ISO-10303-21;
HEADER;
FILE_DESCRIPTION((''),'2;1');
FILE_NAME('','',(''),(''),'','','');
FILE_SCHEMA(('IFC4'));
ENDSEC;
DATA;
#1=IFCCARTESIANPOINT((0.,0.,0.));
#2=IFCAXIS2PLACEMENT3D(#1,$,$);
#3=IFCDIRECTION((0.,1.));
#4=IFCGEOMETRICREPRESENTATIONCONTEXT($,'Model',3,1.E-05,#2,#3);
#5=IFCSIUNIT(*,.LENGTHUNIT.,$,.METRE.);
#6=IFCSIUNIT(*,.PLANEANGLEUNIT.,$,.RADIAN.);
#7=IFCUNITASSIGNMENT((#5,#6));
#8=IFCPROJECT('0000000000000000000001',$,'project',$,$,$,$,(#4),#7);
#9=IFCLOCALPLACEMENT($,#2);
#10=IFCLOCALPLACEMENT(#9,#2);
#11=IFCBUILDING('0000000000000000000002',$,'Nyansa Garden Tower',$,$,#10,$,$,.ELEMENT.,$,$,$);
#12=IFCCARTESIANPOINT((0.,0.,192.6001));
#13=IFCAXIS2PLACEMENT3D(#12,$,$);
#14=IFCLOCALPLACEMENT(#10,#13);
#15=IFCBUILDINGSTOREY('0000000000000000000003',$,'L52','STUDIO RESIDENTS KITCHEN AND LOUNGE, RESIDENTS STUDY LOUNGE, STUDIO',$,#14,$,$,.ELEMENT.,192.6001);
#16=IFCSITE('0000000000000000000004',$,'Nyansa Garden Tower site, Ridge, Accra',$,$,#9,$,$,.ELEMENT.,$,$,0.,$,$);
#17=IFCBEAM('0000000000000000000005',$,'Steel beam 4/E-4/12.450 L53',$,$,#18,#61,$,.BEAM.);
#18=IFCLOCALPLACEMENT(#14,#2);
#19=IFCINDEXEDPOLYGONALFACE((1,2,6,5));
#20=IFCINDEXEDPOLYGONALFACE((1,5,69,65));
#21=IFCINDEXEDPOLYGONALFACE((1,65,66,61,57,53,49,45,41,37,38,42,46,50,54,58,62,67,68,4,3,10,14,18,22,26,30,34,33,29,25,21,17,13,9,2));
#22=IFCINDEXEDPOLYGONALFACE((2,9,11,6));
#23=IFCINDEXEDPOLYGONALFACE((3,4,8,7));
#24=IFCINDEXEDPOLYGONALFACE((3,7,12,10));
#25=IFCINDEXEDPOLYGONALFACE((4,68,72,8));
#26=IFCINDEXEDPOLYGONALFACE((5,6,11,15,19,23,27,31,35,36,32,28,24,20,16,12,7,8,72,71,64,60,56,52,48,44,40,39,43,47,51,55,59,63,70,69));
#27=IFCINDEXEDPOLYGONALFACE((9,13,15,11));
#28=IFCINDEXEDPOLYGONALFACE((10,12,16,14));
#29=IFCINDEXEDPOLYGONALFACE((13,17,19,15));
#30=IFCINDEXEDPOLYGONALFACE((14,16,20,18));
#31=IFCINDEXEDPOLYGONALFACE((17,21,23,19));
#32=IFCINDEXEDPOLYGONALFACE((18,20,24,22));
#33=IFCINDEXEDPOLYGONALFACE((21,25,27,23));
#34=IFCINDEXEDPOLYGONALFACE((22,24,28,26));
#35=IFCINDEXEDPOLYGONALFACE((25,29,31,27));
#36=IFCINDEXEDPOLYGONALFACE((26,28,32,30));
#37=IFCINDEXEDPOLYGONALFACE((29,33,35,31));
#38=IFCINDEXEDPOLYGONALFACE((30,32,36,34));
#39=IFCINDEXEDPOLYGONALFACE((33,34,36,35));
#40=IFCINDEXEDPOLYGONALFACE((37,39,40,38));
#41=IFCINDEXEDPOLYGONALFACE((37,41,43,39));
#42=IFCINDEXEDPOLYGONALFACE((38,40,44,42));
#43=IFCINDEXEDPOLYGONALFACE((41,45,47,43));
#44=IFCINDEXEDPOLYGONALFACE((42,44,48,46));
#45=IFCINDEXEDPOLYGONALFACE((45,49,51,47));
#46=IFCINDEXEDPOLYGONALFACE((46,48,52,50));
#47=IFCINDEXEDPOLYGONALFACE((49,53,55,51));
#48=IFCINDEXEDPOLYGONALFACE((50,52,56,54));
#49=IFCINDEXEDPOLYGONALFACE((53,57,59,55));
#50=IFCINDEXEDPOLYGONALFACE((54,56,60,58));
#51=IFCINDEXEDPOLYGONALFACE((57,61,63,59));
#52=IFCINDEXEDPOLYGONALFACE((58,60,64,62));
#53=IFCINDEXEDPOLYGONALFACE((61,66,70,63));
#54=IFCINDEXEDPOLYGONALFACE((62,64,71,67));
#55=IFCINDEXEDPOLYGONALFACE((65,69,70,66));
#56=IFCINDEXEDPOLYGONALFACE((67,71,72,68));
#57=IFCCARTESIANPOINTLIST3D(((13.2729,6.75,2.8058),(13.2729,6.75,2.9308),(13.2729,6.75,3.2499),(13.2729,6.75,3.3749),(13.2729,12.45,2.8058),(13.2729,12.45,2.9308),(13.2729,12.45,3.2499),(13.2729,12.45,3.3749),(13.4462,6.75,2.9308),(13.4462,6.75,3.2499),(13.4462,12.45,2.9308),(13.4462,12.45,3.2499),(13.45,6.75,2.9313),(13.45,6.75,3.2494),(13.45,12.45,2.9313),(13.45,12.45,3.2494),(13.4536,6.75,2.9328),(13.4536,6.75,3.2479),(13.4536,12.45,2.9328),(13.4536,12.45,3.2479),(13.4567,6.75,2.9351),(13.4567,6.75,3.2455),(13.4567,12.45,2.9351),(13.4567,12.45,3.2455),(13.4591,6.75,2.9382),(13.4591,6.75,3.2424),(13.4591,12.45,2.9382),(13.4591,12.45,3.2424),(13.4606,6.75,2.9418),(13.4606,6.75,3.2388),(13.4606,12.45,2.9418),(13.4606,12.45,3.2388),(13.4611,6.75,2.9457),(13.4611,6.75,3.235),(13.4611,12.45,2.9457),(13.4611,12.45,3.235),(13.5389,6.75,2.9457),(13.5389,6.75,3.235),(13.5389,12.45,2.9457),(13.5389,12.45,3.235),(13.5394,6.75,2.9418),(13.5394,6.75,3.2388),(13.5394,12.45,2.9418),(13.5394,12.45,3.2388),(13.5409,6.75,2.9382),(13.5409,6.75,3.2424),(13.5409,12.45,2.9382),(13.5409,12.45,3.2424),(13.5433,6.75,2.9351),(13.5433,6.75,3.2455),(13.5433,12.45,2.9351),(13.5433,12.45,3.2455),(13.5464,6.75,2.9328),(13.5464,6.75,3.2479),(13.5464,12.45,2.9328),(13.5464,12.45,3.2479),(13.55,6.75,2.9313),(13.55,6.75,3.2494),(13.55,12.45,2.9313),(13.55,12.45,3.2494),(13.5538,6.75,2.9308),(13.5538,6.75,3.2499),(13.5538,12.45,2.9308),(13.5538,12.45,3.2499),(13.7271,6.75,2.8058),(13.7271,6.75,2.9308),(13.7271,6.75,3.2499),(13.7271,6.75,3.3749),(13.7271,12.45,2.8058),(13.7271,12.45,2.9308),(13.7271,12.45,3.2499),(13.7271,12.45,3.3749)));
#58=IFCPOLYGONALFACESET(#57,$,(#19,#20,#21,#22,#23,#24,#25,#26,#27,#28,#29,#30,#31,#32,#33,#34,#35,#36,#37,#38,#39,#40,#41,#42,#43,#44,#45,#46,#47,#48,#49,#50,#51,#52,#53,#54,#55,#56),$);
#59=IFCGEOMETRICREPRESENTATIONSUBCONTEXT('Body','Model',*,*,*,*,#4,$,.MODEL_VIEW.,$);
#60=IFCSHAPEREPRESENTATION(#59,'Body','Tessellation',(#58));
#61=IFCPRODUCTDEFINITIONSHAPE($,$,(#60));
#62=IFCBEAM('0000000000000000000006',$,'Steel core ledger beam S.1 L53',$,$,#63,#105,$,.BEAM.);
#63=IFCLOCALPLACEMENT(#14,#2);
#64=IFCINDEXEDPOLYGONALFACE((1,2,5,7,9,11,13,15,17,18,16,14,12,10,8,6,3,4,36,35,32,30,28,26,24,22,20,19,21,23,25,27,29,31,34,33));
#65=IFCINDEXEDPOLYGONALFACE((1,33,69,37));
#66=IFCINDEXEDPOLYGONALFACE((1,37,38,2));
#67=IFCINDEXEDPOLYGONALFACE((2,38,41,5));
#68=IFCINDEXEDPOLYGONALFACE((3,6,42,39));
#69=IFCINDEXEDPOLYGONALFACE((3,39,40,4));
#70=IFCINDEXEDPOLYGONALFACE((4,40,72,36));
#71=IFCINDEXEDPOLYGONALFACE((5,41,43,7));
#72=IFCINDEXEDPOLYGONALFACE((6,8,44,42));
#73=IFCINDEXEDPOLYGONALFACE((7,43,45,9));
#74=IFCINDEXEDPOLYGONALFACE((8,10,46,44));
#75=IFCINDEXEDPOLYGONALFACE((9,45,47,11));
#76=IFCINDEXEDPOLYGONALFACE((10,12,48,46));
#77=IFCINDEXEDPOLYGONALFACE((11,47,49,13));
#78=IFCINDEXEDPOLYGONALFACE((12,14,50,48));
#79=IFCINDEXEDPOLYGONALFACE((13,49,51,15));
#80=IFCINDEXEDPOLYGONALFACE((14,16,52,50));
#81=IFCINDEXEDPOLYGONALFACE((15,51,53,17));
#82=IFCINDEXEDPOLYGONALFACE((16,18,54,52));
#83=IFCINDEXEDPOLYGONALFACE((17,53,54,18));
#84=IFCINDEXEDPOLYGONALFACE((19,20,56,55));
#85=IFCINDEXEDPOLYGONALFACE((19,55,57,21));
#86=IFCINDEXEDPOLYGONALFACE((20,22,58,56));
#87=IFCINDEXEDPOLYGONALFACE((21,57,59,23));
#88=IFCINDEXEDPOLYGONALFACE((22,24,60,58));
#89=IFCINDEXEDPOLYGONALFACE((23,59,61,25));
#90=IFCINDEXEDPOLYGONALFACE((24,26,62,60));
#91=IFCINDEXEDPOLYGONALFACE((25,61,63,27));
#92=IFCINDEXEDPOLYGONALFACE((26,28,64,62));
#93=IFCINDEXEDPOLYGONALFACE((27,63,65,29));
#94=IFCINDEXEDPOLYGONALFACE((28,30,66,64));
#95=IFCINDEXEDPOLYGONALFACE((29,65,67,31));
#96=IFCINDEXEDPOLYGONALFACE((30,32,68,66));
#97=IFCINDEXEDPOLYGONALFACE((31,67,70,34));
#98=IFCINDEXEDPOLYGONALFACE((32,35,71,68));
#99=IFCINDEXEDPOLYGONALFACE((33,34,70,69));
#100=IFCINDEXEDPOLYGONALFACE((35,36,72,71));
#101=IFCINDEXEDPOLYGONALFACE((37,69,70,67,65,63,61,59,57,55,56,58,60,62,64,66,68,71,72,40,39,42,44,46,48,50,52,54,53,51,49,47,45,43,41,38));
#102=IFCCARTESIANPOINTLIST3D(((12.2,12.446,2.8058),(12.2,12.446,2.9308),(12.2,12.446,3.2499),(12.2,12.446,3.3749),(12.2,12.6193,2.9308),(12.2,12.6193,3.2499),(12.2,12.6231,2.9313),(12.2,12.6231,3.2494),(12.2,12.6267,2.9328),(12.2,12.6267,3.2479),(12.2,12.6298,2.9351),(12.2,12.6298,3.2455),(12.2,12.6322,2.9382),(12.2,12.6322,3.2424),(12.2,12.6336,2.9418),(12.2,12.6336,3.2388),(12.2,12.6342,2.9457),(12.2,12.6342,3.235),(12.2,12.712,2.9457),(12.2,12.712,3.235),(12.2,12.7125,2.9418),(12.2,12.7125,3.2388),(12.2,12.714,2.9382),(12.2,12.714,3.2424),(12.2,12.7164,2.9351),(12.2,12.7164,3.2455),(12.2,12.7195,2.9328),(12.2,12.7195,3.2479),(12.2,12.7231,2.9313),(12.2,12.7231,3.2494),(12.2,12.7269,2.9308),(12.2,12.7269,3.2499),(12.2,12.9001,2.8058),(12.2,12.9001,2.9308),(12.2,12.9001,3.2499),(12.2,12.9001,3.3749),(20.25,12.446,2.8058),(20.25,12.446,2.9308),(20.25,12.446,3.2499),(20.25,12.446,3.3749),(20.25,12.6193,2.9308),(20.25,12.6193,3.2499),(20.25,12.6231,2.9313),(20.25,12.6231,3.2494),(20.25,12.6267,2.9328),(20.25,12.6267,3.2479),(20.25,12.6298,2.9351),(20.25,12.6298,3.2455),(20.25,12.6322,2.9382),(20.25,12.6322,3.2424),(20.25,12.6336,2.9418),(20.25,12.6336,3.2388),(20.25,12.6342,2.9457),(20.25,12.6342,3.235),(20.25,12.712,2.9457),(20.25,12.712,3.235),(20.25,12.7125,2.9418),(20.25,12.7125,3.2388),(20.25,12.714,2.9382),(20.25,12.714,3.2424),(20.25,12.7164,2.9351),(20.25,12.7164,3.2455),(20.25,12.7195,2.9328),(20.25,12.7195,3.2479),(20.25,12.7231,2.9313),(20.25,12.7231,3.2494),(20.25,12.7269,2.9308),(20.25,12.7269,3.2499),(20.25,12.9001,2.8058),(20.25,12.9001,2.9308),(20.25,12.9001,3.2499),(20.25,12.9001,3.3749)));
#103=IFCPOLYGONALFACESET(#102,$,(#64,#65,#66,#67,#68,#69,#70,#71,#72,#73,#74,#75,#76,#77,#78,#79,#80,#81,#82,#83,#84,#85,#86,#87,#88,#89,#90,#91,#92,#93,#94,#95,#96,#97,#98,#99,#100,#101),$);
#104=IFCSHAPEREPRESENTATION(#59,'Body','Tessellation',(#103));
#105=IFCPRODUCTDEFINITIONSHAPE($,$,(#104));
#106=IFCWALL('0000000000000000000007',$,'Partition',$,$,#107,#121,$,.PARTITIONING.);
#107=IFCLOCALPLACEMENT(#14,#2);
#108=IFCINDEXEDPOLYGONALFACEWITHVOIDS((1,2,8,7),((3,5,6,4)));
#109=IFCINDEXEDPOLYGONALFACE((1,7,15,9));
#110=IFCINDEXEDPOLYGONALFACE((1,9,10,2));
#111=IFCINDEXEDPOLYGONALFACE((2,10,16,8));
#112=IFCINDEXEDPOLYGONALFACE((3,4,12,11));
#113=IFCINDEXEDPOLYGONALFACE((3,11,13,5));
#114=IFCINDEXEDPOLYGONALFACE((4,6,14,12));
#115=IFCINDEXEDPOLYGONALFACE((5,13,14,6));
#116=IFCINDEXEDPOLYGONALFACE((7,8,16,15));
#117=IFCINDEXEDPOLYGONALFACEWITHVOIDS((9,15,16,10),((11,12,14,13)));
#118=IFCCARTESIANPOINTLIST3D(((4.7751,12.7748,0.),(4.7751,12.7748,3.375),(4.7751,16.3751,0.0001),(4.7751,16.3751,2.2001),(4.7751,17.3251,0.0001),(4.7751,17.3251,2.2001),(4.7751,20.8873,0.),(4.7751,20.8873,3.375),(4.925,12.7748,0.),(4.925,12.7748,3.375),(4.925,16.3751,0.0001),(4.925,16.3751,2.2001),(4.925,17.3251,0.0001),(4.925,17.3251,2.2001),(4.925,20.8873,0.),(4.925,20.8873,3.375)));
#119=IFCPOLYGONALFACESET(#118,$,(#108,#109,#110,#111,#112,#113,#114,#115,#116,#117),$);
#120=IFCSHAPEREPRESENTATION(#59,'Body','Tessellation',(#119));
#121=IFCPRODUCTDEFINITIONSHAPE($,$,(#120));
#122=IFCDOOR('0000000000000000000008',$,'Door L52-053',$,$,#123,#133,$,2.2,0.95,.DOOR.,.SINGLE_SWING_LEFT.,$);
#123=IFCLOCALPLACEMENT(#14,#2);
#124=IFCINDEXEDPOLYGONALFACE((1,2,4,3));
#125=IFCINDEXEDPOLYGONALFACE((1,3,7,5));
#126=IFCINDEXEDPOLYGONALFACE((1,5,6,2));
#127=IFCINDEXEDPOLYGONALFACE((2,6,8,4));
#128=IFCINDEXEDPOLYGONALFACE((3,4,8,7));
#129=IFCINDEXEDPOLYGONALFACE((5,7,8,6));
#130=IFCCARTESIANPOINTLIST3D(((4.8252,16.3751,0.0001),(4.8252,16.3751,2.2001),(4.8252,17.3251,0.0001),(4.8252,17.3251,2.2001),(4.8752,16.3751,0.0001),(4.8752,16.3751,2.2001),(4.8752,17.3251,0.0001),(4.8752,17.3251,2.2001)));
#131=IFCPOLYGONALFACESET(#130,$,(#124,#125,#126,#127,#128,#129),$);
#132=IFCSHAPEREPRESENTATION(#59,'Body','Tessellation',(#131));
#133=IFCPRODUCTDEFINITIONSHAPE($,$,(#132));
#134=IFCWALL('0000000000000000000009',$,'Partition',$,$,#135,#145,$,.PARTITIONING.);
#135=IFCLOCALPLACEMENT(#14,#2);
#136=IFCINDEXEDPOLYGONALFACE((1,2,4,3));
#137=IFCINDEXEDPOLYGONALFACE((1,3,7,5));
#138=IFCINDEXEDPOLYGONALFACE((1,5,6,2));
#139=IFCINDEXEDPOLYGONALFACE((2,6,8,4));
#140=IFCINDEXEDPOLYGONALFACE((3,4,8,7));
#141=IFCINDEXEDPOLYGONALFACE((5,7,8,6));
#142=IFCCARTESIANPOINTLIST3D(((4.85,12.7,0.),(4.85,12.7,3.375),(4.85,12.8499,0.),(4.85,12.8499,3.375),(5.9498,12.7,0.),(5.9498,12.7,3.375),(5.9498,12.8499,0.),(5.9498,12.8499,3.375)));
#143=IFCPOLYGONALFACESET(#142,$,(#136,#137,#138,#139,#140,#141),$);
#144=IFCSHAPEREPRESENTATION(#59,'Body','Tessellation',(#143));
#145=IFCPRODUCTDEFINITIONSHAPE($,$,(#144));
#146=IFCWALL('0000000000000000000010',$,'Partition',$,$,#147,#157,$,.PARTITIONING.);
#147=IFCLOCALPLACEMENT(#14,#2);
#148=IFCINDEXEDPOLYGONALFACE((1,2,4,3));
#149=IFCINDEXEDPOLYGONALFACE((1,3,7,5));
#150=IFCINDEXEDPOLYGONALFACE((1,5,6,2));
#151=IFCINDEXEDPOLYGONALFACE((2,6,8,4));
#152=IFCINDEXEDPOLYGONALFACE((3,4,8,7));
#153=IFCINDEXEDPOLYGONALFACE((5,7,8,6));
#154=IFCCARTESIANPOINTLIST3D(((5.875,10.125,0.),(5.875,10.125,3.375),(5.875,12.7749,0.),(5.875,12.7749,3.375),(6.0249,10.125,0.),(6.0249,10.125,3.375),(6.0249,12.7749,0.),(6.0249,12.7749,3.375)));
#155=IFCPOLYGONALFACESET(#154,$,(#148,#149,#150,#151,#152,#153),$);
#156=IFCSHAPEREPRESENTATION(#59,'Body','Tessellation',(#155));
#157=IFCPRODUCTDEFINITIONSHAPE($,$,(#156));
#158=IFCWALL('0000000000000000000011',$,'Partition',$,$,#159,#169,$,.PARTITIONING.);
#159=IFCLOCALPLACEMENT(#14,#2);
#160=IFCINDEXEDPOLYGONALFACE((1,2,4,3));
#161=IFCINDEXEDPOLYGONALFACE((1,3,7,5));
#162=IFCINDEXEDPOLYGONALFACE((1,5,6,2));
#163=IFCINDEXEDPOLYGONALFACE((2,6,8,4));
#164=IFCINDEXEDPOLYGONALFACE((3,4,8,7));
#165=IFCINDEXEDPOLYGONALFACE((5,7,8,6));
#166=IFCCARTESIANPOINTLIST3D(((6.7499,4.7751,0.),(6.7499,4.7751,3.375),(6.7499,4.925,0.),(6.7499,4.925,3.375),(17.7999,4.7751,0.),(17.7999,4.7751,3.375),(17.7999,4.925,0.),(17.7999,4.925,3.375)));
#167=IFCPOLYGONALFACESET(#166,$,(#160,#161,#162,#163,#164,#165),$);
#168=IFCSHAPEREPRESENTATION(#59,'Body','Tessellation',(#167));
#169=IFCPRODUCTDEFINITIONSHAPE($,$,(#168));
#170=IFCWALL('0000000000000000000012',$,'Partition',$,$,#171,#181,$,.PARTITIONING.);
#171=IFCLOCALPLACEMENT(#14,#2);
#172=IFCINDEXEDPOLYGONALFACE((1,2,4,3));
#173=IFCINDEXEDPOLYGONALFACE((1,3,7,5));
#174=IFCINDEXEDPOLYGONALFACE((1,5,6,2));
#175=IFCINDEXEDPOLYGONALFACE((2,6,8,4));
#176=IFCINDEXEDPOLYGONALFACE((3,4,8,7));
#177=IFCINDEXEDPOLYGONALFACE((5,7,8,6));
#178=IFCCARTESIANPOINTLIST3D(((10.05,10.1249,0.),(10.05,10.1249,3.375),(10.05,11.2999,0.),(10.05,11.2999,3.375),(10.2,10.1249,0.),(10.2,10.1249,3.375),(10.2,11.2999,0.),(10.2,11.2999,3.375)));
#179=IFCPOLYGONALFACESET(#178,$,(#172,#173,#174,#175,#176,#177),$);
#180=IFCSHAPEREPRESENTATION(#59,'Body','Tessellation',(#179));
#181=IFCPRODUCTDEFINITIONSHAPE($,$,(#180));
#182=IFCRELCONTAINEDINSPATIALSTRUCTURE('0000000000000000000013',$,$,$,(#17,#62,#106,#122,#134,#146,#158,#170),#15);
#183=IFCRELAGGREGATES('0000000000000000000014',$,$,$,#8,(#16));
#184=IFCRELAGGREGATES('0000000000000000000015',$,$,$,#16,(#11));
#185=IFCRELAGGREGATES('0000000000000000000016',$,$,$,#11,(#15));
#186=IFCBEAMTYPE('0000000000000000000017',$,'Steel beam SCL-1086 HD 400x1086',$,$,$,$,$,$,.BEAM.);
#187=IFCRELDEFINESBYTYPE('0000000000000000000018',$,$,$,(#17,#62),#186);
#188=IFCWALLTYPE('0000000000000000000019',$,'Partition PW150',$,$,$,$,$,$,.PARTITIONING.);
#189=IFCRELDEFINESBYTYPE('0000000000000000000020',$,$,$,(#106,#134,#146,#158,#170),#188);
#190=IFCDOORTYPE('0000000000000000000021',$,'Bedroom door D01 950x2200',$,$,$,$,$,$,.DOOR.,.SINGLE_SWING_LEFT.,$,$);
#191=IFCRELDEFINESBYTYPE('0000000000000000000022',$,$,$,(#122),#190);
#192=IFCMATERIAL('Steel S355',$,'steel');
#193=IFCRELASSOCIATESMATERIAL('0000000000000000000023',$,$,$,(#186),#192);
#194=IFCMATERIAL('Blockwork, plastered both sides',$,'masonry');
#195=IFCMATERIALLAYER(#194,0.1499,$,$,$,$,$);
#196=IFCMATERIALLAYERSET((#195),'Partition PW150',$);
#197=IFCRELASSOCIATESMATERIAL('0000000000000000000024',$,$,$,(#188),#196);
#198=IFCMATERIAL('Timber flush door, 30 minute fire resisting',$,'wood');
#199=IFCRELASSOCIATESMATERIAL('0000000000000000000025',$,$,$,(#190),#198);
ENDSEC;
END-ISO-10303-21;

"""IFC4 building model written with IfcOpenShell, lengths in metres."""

from ifc_helpers import new_model, si_unit, direction, frame, frame_2d, origin, origin_2d, place, context, subcontext, project, spatial, rectangle, i_section, extrude, material, layer, layer_set, material_profile, profile_set, type_object, element, fill, save


model = new_model("IFC4")

# Units and contexts
model_context = context("Model", 3, precision=1e-05, world=origin(), true_north=direction((0.0, 1.0)))
body_context = subcontext(model_context, "Body", "Model", "MODEL_VIEW")
ifc_project = project(units=[si_unit("LENGTHUNIT", "METRE"), si_unit("PLANEANGLEUNIT", "RADIAN")], contexts=[model_context])

# Site, building, storey
site_placement = place(None, origin())
site = spatial("IfcSite", under=ifc_project, at=site_placement, Name="Nyansa Garden Tower site, Ridge, Accra", CompositionType="ELEMENT", RefElevation=0.0)
building_placement = place(site_placement, origin())
building = spatial("IfcBuilding", under=site, at=building_placement, Name="Nyansa Garden Tower", CompositionType="ELEMENT")
storey_placement = place(building_placement, frame((0.0, 0.0, 192.6001)))
storey = spatial("IfcBuildingStorey", under=building, at=storey_placement, Name="L52", Description="STUDIO RESIDENTS KITCHEN AND LOUNGE, RESIDENTS STUDY LOUNGE, STUDIO", CompositionType="ELEMENT", Elevation=192.6001)

# Beams
ifc_material_1 = material(Name="Steel S355", Category="steel")
ifc_material_profile_1 = material_profile(ifc_material_1, i_section(OverallWidth=0.4541, OverallDepth=0.5691, WebThickness=0.0779, FlangeThickness=0.125, FilletRadius=0.0149, at=origin_2d()), Name="HD 400x1086")
ifc_profile_set_1 = profile_set([ifc_material_profile_1], Name="Steel S355")
beam_type_1 = type_object("IfcBeamType", Name="Steel beam SCL-1086 HD 400x1086", PredefinedType="BEAM", material=ifc_profile_set_1)
beam_1_placement = place(storey_placement, frame((13.5, 6.75, 3.0903), z_axis=(0.0, 1.0, 0.0), x_axis=(-1.0, 0.0, 0.0)))
element("IfcBeam", 1, at=beam_1_placement, inside=storey, type_object=beam_type_1, Name="Steel beam 4/E-4/12.450 L53", PredefinedType="BEAM", context=body_context, shape_type="SweptSolid", body=[
    extrude(i_section(OverallWidth=0.4541, OverallDepth=0.5691, WebThickness=0.0779, FlangeThickness=0.125, FilletRadius=0.0149, at=origin_2d()), origin(), (0.0, 0.0, 1.0), 5.7),
])
beam_2_placement = place(storey_placement, frame((12.2, 12.6731, 3.0903), z_axis=(1.0, 0.0, 0.0), x_axis=(0.0, 1.0, 0.0)))
element("IfcBeam", 2, at=beam_2_placement, inside=storey, type_object=beam_type_1, Name="Steel core ledger beam S.1 L53", PredefinedType="BEAM", context=body_context, shape_type="SweptSolid", body=[
    extrude(i_section(OverallWidth=0.4541, OverallDepth=0.5691, WebThickness=0.0779, FlangeThickness=0.125, FilletRadius=0.0149, at=origin_2d()), origin(), (0.0, 0.0, 1.0), 8.05),
])

# Wall, opening, door
ifc_material_2 = material(Name="Blockwork, plastered both sides", Category="masonry")
ifc_layer_1 = layer(ifc_material_2, 0.1499)
ifc_layer_set_1 = layer_set([ifc_layer_1], Name="Partition PW150")
wall_type_1 = type_object("IfcWallType", Name="Partition PW150", PredefinedType="PARTITIONING", material=ifc_layer_set_1)
wall_1_placement = place(storey_placement, frame((4.8501, 12.7749, 0.0), z_axis=(0.0, 0.0, 1.0), x_axis=(0.0, 1.0, 0.0)))
wall_1 = element("IfcWall", 3, at=wall_1_placement, inside=storey, type_object=wall_type_1, Name="Partition", PredefinedType="PARTITIONING", context=body_context, shape_type="SweptSolid", body=[
    extrude(rectangle(XDim=8.1125, YDim=0.1499, at=frame_2d((4.0562, 0.0))), origin(), (0.0, 0.0, 1.0), 3.375),
])
opening_1_placement = place(wall_1_placement, frame((3.6001, 0.0, 0.0)))
opening_1 = element("IfcOpeningElement", 4, at=opening_1_placement, cuts=wall_1, PredefinedType="OPENING", context=body_context, shape_type="SweptSolid", body=[
    extrude(rectangle(XDim=0.95, YDim=2.2, at=frame_2d((0.4751, 1.1001))), frame((0.0, 0.085, 0.0), z_axis=(0.0, -1.0, 0.0), x_axis=(1.0, 0.0, 0.0)), (0.0, 0.0, 1.0), 0.1699),
])
ifc_material_3 = material(Name="Timber flush door, 30 minute fire resisting", Category="wood")
door_type_1 = type_object("IfcDoorType", Name="Bedroom door D01 950x2200", OperationType="SINGLE_SWING_LEFT", PredefinedType="DOOR", material=ifc_material_3)
door_1_placement = place(opening_1_placement, origin())
door_1 = element("IfcDoor", 5, at=door_1_placement, inside=storey, type_object=door_type_1, Name="Door L52-053", OperationType="SINGLE_SWING_LEFT", OverallHeight=2.2, OverallWidth=0.95, PredefinedType="DOOR", context=body_context, shape_type="SweptSolid", body=[
    extrude(rectangle(XDim=0.95, YDim=2.2, at=frame_2d((0.4751, 1.1001))), frame((0.0, 0.0249, 0.0), z_axis=(0.0, -1.0, 0.0), x_axis=(1.0, 0.0, 0.0)), (0.0, 0.0, 1.0), 0.05),
])
fill(opening_1, door_1)

# Walls
wall_2_placement = place(storey_placement, frame((4.8501, 12.7749, 0.0), z_axis=(0.0, 0.0, 1.0), x_axis=(1.0, 0.0, 0.0)))
element("IfcWall", 6, at=wall_2_placement, inside=storey, type_object=wall_type_1, Name="Partition", PredefinedType="PARTITIONING", context=body_context, shape_type="SweptSolid", body=[
    extrude(rectangle(XDim=1.0999, YDim=0.1499, at=frame_2d((0.5498, 0.0))), origin(), (0.0, 0.0, 1.0), 3.375),
])
wall_3_placement = place(storey_placement, frame((5.95, 10.125, 0.0), z_axis=(0.0, 0.0, 1.0), x_axis=(0.0, 1.0, 0.0)))
element("IfcWall", 7, at=wall_3_placement, inside=storey, type_object=wall_type_1, Name="Partition", PredefinedType="PARTITIONING", context=body_context, shape_type="SweptSolid", body=[
    extrude(rectangle(XDim=2.6499, YDim=0.1499, at=frame_2d((1.325, 0.0))), origin(), (0.0, 0.0, 1.0), 3.375),
])
wall_4_placement = place(storey_placement, frame((6.75, 4.8501, 0.0), z_axis=(0.0, 0.0, 1.0), x_axis=(1.0, 0.0, 0.0)))
element("IfcWall", 8, at=wall_4_placement, inside=storey, type_object=wall_type_1, Name="Partition", PredefinedType="PARTITIONING", context=body_context, shape_type="SweptSolid", body=[
    extrude(rectangle(XDim=11.05, YDim=0.1499, at=frame_2d((5.5249, 0.0))), origin(), (0.0, 0.0, 1.0), 3.375),
])
wall_5_placement = place(storey_placement, frame((10.125, 10.125, 0.0), z_axis=(0.0, 0.0, 1.0), x_axis=(0.0, 1.0, 0.0)))
element("IfcWall", 9, at=wall_5_placement, inside=storey, type_object=wall_type_1, Name="Partition", PredefinedType="PARTITIONING", context=body_context, shape_type="SweptSolid", body=[
    extrude(rectangle(XDim=1.175, YDim=0.1499, at=frame_2d((0.5874, 0.0))), origin(), (0.0, 0.0, 1.0), 3.375),
])

save(model, "model.ifc")
